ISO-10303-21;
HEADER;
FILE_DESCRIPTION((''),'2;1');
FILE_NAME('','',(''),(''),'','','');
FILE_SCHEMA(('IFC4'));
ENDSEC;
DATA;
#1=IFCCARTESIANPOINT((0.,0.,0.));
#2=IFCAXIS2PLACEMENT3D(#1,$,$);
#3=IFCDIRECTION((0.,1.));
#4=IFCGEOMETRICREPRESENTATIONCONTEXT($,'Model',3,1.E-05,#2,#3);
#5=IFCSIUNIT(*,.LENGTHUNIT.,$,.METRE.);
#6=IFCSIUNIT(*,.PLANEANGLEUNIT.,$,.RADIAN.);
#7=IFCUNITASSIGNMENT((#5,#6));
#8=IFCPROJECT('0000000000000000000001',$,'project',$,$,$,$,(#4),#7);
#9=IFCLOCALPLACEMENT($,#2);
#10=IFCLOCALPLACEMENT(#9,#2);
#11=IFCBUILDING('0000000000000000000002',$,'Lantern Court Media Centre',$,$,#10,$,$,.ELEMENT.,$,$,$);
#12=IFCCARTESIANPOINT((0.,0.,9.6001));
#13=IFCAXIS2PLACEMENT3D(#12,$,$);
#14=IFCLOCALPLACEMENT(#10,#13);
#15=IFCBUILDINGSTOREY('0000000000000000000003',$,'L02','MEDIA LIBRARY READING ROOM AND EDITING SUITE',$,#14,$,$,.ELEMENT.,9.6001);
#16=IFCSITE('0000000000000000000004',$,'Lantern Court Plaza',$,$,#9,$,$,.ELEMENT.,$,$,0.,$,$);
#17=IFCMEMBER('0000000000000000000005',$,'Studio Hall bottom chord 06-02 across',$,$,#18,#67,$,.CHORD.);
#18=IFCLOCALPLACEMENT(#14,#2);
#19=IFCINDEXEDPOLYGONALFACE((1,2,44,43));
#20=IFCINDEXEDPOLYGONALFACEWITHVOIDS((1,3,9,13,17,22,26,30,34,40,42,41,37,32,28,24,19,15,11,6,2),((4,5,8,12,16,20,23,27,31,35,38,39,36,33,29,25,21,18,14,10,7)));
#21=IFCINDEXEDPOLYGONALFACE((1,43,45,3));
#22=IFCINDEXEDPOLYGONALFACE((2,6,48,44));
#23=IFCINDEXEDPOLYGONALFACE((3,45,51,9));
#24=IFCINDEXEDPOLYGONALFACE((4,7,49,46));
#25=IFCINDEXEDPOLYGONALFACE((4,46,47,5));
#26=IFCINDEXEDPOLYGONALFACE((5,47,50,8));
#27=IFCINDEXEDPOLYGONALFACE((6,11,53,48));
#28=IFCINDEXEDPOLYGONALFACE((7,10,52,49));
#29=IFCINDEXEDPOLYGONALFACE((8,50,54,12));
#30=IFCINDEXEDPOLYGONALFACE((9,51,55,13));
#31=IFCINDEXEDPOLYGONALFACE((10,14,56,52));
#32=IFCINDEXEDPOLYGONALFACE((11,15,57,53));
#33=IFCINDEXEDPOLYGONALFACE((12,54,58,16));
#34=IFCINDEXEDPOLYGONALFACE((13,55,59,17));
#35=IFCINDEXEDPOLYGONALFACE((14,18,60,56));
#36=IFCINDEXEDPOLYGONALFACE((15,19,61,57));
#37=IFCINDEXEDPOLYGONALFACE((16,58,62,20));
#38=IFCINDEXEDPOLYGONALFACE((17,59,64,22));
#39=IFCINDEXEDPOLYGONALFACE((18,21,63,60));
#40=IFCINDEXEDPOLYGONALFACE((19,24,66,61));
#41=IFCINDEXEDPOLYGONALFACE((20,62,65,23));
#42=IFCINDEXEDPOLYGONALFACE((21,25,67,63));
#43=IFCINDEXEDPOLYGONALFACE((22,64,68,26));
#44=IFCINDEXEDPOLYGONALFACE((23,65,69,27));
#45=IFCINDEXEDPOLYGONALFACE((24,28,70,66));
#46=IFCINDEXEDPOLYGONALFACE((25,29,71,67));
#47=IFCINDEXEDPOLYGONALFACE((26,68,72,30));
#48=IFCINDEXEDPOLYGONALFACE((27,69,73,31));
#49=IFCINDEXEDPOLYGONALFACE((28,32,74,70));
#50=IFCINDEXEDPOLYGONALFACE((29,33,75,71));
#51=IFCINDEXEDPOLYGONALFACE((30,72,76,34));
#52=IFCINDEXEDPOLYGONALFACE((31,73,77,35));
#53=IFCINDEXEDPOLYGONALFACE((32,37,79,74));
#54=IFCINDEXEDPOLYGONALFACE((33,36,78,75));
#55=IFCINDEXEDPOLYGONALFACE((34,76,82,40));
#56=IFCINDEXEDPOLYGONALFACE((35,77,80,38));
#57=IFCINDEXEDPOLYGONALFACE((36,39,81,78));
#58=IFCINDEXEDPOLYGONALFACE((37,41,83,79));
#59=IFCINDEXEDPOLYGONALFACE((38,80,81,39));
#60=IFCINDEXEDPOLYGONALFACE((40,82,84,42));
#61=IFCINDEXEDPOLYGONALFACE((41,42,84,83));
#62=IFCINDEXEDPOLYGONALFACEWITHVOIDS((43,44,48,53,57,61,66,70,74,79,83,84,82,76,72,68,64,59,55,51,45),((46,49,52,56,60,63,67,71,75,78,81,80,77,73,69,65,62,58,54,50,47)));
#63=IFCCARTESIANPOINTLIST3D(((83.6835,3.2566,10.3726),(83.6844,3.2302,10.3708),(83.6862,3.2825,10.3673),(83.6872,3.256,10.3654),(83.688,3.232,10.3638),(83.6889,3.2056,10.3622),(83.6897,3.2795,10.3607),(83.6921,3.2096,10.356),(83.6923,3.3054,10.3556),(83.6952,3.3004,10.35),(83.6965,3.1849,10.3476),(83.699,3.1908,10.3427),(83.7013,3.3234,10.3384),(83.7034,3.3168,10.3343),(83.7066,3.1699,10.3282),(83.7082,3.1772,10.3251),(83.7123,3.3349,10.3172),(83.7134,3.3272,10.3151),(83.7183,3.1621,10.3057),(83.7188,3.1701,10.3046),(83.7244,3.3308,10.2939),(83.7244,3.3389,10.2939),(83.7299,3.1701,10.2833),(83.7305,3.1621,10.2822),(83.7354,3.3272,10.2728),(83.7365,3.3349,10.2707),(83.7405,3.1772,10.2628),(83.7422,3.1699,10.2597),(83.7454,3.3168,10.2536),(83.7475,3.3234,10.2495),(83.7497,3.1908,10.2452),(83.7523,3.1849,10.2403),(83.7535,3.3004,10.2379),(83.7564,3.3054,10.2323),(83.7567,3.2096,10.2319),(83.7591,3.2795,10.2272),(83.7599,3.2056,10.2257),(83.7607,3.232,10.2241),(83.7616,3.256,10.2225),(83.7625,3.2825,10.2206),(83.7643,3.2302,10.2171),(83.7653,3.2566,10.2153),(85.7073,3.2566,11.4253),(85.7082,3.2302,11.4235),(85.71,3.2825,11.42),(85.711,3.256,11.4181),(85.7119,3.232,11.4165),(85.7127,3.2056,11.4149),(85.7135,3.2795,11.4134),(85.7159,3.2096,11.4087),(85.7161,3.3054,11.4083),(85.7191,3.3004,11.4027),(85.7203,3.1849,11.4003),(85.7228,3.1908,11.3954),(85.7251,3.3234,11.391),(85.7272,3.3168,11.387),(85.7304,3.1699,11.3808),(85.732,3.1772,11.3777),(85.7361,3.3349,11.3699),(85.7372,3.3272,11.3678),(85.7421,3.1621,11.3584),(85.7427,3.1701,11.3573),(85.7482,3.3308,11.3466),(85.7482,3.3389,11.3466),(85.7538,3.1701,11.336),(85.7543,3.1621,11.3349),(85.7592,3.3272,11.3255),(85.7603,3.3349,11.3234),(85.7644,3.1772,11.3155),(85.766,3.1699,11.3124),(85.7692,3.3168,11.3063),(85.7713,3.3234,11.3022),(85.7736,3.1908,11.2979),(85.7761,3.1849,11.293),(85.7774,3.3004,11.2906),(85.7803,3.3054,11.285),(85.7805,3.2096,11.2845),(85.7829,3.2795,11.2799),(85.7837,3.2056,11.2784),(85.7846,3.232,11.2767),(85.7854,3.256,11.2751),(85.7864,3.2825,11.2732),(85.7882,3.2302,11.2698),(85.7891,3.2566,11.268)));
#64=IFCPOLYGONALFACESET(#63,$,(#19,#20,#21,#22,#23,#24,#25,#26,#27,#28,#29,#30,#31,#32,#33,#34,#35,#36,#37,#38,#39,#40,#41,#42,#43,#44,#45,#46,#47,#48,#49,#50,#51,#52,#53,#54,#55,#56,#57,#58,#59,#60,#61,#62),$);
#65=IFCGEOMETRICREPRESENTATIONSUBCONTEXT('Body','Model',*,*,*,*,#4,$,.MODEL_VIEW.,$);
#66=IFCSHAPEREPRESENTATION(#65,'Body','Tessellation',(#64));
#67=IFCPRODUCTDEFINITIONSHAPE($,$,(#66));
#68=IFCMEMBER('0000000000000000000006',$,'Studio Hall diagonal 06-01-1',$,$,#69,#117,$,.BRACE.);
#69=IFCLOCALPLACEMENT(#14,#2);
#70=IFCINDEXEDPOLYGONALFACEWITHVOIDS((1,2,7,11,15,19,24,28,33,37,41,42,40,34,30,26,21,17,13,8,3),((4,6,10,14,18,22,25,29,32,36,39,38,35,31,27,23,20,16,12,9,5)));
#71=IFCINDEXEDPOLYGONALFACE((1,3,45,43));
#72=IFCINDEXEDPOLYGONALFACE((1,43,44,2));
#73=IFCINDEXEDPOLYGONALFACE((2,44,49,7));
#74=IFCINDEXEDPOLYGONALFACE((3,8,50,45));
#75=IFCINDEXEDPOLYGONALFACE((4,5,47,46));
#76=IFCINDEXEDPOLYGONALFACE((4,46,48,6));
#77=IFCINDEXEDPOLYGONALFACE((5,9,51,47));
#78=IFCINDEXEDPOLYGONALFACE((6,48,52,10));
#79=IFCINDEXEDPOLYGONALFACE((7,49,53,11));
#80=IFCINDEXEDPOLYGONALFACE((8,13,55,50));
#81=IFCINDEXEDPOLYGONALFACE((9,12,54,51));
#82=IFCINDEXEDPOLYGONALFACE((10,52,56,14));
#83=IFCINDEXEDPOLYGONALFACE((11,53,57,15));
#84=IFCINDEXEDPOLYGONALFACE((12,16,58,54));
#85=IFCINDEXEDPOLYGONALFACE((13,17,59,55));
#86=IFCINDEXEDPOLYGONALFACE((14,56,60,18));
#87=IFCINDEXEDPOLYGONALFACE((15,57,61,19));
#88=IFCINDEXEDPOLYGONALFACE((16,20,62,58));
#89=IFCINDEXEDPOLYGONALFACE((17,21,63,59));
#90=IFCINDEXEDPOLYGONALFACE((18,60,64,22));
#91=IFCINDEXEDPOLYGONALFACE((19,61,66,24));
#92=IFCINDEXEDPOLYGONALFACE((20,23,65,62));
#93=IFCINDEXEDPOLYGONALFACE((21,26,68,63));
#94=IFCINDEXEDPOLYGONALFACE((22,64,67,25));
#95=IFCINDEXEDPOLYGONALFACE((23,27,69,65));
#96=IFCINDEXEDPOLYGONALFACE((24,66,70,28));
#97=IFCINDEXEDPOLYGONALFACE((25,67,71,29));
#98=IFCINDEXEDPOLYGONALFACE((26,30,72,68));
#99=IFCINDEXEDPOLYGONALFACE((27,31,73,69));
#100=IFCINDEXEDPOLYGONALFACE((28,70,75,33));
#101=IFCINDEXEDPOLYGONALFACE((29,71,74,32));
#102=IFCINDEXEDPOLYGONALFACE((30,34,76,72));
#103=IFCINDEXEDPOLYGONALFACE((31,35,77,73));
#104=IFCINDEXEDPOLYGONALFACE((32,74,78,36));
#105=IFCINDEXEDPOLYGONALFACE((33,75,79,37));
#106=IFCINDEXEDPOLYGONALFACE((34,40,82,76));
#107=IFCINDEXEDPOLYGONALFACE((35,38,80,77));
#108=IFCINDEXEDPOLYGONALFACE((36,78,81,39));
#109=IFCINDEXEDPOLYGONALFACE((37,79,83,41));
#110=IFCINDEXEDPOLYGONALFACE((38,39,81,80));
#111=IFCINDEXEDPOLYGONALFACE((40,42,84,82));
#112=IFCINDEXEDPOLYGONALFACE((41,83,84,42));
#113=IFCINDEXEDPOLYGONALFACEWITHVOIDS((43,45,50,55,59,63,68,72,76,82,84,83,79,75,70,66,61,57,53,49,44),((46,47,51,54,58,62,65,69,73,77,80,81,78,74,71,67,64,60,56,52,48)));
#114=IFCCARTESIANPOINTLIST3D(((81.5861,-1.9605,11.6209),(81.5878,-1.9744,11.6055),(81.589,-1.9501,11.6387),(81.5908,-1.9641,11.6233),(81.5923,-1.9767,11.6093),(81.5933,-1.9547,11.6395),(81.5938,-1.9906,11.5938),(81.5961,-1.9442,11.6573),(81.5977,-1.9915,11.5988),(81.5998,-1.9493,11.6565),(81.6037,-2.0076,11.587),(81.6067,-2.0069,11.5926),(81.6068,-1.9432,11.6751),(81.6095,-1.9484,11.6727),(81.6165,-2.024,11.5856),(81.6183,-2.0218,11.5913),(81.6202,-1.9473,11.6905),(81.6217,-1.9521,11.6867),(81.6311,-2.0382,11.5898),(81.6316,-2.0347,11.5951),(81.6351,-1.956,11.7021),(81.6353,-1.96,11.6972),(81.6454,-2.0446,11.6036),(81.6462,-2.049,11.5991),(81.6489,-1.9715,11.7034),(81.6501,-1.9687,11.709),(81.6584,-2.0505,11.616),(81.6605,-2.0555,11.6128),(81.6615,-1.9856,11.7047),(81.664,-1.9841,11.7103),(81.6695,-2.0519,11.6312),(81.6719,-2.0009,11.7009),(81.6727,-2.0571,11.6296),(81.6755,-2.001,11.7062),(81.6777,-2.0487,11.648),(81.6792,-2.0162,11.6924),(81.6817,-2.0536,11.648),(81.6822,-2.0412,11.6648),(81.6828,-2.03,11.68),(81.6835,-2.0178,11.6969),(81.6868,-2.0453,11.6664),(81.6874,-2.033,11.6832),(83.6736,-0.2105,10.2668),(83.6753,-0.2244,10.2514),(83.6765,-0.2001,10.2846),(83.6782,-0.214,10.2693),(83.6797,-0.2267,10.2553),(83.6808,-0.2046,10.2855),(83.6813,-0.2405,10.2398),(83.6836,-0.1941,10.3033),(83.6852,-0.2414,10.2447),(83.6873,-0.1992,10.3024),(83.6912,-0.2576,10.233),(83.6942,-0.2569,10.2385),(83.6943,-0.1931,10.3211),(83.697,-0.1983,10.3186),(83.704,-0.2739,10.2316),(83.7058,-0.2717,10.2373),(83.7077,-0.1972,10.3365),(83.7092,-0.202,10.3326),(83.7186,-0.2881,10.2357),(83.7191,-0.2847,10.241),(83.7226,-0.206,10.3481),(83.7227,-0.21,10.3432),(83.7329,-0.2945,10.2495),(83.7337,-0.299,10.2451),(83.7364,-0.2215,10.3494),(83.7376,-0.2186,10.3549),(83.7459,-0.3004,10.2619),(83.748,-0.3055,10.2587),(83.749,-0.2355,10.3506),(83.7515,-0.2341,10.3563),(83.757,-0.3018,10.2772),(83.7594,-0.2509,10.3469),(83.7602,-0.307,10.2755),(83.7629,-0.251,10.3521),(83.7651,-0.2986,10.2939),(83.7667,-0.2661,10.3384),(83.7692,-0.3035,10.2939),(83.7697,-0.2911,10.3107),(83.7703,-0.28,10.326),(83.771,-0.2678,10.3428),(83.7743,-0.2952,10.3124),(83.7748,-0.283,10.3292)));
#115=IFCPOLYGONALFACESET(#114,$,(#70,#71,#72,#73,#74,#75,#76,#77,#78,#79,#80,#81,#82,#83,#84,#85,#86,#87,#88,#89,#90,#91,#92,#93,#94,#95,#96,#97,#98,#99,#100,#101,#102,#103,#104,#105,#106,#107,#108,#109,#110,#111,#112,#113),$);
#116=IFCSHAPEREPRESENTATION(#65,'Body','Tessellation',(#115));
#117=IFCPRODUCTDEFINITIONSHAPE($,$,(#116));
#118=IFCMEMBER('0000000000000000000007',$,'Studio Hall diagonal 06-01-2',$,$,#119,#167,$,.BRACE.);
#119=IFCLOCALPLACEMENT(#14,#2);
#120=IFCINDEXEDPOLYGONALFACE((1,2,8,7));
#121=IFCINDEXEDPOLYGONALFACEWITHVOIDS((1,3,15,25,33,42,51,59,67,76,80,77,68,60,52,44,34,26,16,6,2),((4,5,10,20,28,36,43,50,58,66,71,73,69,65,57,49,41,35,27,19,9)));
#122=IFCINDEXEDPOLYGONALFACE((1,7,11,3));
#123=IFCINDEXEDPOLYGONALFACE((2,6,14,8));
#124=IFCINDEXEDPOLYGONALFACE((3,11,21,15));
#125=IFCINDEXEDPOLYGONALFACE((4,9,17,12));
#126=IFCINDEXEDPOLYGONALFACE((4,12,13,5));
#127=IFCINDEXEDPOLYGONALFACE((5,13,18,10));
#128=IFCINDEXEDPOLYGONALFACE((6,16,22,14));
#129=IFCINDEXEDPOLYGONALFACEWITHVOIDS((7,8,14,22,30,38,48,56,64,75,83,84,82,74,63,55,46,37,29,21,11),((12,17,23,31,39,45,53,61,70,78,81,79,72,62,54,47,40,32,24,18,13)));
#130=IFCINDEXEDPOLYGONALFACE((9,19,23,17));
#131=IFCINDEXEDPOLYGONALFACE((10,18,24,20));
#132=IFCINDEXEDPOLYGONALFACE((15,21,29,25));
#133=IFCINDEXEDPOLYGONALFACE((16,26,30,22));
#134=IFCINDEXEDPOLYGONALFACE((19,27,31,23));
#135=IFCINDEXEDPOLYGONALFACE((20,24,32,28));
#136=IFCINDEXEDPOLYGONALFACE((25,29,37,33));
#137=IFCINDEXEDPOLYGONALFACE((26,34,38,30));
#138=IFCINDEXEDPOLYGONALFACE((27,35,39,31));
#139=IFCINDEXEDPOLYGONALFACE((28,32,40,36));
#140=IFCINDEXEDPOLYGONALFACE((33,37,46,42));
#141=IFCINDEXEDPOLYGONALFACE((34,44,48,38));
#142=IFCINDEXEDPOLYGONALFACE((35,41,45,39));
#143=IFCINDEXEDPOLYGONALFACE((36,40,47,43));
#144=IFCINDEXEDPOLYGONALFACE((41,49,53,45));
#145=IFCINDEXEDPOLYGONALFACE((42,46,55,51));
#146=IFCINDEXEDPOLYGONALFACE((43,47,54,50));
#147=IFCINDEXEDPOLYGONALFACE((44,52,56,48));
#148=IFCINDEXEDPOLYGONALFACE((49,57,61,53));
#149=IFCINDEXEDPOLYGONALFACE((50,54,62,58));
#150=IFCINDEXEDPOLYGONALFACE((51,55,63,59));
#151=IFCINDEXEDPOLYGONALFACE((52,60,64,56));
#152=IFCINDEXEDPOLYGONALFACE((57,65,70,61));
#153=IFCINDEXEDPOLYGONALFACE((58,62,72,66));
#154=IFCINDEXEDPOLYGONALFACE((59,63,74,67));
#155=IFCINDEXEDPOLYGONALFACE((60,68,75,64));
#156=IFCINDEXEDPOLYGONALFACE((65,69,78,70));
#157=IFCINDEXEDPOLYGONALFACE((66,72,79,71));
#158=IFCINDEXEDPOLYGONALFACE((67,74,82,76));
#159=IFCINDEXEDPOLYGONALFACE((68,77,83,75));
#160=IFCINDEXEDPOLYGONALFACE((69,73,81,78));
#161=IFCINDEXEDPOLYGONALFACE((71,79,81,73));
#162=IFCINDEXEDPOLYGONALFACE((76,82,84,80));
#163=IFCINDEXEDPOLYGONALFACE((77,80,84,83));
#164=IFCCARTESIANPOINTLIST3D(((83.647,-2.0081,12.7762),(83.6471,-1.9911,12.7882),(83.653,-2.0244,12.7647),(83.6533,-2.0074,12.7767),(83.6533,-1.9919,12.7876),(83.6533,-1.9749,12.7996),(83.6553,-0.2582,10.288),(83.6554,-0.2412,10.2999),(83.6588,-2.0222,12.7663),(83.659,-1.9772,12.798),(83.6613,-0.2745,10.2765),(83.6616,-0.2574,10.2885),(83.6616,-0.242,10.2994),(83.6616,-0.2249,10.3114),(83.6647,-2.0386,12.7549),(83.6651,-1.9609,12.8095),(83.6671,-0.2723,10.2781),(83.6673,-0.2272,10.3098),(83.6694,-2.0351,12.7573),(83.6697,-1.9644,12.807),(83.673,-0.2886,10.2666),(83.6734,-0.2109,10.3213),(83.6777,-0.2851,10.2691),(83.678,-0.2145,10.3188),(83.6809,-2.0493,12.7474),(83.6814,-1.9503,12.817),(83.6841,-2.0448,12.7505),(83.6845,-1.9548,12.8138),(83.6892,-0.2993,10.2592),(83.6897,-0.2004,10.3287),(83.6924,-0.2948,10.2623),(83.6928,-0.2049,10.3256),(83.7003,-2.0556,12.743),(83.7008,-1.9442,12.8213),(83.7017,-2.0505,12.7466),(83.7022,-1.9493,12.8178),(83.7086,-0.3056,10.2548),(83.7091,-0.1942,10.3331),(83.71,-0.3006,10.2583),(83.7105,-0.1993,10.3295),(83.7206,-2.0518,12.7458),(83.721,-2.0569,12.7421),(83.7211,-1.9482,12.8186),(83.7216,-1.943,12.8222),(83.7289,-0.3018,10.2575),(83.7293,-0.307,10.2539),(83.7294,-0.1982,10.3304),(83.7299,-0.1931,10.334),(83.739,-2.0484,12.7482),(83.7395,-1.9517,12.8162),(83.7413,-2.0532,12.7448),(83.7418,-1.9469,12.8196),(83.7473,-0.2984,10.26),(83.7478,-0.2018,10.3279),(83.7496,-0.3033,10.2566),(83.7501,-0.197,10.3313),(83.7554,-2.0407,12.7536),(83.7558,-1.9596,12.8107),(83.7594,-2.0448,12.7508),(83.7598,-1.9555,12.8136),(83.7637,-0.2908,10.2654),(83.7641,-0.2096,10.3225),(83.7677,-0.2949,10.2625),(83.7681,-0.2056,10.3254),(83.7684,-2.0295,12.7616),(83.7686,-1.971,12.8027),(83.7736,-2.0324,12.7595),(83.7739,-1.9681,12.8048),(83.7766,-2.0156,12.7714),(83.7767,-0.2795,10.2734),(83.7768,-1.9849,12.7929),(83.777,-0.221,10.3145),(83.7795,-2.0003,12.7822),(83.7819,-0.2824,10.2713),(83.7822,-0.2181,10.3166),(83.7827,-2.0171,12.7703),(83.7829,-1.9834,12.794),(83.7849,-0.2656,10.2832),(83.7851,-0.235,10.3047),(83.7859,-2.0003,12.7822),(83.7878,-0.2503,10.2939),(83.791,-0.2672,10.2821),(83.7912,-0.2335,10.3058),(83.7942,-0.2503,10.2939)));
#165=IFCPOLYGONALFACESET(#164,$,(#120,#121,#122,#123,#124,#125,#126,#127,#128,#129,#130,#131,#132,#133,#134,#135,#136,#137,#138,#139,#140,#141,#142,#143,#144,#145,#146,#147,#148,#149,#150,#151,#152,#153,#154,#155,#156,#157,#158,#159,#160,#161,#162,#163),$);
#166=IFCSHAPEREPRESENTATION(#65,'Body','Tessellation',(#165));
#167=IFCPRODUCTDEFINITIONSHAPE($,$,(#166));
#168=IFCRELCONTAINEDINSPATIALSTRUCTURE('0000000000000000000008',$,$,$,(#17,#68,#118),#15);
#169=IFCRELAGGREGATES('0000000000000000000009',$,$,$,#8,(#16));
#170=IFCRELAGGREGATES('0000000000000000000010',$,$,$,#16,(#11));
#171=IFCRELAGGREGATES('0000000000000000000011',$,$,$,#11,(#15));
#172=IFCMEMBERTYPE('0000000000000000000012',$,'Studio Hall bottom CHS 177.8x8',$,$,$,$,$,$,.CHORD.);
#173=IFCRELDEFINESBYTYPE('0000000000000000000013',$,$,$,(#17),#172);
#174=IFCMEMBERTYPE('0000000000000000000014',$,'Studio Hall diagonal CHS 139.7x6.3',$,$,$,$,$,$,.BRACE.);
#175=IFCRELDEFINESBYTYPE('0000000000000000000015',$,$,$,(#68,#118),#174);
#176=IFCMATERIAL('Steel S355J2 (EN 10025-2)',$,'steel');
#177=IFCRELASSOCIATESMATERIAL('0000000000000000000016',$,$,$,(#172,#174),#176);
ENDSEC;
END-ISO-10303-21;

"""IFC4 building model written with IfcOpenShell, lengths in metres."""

from ifc_helpers import new_model, si_unit, direction, frame, origin, origin_2d, place, context, subcontext, project, spatial, hollow_circle, extrude, material, material_profile, profile_set, type_object, element, save


model = new_model("IFC4")

# Units and contexts
model_context = context("Model", 3, precision=1e-05, world=origin(), true_north=direction((0.0, 1.0)))
body_context = subcontext(model_context, "Body", "Model", "MODEL_VIEW")
ifc_project = project(units=[si_unit("LENGTHUNIT", "METRE"), si_unit("PLANEANGLEUNIT", "RADIAN")], contexts=[model_context])

# Site, building, storey
site_placement = place(None, origin())
site = spatial("IfcSite", under=ifc_project, at=site_placement, Name="Lantern Court Plaza", CompositionType="ELEMENT", RefElevation=0.0)
building_placement = place(site_placement, origin())
building = spatial("IfcBuilding", under=site, at=building_placement, Name="Lantern Court Media Centre", CompositionType="ELEMENT")
storey_placement = place(building_placement, frame((0.0, 0.0, 9.6001)))
storey = spatial("IfcBuildingStorey", under=building, at=storey_placement, Name="L02", Description="MEDIA LIBRARY READING ROOM AND EDITING SUITE", CompositionType="ELEMENT", Elevation=9.6001)

# Members
ifc_material = material(Name="Steel S355J2 (EN 10025-2)", Category="steel")
ifc_material_profile_1 = material_profile(ifc_material, hollow_circle(Radius=0.0889, WallThickness=0.0081, at=origin_2d()), Name="Studio Hall bottom CHS 177.8x8")
ifc_profile_set_1 = profile_set([ifc_material_profile_1], Name="Steel S355J2 (EN 10025-2)")
member_type_1 = type_object("IfcMemberType", Name="Studio Hall bottom CHS 177.8x8", PredefinedType="CHORD", material=ifc_profile_set_1)
member_1_placement = place(storey_placement, frame((83.7244, 3.25, 10.2939), z_axis=(0.887164, 0.0, 0.461454), x_axis=(0.0, 1.0, 0.0)))
element("IfcMember", 1, at=member_1_placement, inside=storey, type_object=member_type_1, Name="Studio Hall bottom chord 06-02 across", PredefinedType="CHORD", context=body_context, shape_type="SweptSolid", body=[
    extrude(hollow_circle(Radius=0.0889, WallThickness=0.0081, at=origin_2d()), origin(), (0.0, 0.0, 1.0), 2.2812),
])
ifc_material_profile_2 = material_profile(ifc_material, hollow_circle(Radius=0.0698, WallThickness=0.0063, at=origin_2d()), Name="Studio Hall diagonal CHS 139.7x6.3")
ifc_profile_set_2 = profile_set([ifc_material_profile_2], Name="Steel S355J2 (EN 10025-2)")
member_type_2 = type_object("IfcMemberType", Name="Studio Hall diagonal CHS 139.7x6.3", PredefinedType="BRACE", material=ifc_profile_set_2)
for number, where, z_axis, x_axis, name in (
    (2, (83.7244, -0.25, 10.2939), (-0.68622, -0.575301, 0.44512), (0.642456, -0.766322, 0.0), "Studio Hall diagonal 06-01-1"),
    (3, (83.7244, -0.25, 10.2939), (-0.002729, -0.575269, 0.81796), (0.999989, -0.004743, 0.0), "Studio Hall diagonal 06-01-2"),
):
    element("IfcMember", number, at=place(storey_placement, frame(where, z_axis=z_axis, x_axis=x_axis)), inside=storey, type_object=member_type_2, Name=name, PredefinedType="BRACE", context=body_context, shape_type="SweptSolid", body=[
        extrude(hollow_circle(Radius=0.0698, WallThickness=0.0063, at=origin_2d()), origin(), (0.0, 0.0, 1.0), 3.042),
    ])

save(model, "model.ifc")
